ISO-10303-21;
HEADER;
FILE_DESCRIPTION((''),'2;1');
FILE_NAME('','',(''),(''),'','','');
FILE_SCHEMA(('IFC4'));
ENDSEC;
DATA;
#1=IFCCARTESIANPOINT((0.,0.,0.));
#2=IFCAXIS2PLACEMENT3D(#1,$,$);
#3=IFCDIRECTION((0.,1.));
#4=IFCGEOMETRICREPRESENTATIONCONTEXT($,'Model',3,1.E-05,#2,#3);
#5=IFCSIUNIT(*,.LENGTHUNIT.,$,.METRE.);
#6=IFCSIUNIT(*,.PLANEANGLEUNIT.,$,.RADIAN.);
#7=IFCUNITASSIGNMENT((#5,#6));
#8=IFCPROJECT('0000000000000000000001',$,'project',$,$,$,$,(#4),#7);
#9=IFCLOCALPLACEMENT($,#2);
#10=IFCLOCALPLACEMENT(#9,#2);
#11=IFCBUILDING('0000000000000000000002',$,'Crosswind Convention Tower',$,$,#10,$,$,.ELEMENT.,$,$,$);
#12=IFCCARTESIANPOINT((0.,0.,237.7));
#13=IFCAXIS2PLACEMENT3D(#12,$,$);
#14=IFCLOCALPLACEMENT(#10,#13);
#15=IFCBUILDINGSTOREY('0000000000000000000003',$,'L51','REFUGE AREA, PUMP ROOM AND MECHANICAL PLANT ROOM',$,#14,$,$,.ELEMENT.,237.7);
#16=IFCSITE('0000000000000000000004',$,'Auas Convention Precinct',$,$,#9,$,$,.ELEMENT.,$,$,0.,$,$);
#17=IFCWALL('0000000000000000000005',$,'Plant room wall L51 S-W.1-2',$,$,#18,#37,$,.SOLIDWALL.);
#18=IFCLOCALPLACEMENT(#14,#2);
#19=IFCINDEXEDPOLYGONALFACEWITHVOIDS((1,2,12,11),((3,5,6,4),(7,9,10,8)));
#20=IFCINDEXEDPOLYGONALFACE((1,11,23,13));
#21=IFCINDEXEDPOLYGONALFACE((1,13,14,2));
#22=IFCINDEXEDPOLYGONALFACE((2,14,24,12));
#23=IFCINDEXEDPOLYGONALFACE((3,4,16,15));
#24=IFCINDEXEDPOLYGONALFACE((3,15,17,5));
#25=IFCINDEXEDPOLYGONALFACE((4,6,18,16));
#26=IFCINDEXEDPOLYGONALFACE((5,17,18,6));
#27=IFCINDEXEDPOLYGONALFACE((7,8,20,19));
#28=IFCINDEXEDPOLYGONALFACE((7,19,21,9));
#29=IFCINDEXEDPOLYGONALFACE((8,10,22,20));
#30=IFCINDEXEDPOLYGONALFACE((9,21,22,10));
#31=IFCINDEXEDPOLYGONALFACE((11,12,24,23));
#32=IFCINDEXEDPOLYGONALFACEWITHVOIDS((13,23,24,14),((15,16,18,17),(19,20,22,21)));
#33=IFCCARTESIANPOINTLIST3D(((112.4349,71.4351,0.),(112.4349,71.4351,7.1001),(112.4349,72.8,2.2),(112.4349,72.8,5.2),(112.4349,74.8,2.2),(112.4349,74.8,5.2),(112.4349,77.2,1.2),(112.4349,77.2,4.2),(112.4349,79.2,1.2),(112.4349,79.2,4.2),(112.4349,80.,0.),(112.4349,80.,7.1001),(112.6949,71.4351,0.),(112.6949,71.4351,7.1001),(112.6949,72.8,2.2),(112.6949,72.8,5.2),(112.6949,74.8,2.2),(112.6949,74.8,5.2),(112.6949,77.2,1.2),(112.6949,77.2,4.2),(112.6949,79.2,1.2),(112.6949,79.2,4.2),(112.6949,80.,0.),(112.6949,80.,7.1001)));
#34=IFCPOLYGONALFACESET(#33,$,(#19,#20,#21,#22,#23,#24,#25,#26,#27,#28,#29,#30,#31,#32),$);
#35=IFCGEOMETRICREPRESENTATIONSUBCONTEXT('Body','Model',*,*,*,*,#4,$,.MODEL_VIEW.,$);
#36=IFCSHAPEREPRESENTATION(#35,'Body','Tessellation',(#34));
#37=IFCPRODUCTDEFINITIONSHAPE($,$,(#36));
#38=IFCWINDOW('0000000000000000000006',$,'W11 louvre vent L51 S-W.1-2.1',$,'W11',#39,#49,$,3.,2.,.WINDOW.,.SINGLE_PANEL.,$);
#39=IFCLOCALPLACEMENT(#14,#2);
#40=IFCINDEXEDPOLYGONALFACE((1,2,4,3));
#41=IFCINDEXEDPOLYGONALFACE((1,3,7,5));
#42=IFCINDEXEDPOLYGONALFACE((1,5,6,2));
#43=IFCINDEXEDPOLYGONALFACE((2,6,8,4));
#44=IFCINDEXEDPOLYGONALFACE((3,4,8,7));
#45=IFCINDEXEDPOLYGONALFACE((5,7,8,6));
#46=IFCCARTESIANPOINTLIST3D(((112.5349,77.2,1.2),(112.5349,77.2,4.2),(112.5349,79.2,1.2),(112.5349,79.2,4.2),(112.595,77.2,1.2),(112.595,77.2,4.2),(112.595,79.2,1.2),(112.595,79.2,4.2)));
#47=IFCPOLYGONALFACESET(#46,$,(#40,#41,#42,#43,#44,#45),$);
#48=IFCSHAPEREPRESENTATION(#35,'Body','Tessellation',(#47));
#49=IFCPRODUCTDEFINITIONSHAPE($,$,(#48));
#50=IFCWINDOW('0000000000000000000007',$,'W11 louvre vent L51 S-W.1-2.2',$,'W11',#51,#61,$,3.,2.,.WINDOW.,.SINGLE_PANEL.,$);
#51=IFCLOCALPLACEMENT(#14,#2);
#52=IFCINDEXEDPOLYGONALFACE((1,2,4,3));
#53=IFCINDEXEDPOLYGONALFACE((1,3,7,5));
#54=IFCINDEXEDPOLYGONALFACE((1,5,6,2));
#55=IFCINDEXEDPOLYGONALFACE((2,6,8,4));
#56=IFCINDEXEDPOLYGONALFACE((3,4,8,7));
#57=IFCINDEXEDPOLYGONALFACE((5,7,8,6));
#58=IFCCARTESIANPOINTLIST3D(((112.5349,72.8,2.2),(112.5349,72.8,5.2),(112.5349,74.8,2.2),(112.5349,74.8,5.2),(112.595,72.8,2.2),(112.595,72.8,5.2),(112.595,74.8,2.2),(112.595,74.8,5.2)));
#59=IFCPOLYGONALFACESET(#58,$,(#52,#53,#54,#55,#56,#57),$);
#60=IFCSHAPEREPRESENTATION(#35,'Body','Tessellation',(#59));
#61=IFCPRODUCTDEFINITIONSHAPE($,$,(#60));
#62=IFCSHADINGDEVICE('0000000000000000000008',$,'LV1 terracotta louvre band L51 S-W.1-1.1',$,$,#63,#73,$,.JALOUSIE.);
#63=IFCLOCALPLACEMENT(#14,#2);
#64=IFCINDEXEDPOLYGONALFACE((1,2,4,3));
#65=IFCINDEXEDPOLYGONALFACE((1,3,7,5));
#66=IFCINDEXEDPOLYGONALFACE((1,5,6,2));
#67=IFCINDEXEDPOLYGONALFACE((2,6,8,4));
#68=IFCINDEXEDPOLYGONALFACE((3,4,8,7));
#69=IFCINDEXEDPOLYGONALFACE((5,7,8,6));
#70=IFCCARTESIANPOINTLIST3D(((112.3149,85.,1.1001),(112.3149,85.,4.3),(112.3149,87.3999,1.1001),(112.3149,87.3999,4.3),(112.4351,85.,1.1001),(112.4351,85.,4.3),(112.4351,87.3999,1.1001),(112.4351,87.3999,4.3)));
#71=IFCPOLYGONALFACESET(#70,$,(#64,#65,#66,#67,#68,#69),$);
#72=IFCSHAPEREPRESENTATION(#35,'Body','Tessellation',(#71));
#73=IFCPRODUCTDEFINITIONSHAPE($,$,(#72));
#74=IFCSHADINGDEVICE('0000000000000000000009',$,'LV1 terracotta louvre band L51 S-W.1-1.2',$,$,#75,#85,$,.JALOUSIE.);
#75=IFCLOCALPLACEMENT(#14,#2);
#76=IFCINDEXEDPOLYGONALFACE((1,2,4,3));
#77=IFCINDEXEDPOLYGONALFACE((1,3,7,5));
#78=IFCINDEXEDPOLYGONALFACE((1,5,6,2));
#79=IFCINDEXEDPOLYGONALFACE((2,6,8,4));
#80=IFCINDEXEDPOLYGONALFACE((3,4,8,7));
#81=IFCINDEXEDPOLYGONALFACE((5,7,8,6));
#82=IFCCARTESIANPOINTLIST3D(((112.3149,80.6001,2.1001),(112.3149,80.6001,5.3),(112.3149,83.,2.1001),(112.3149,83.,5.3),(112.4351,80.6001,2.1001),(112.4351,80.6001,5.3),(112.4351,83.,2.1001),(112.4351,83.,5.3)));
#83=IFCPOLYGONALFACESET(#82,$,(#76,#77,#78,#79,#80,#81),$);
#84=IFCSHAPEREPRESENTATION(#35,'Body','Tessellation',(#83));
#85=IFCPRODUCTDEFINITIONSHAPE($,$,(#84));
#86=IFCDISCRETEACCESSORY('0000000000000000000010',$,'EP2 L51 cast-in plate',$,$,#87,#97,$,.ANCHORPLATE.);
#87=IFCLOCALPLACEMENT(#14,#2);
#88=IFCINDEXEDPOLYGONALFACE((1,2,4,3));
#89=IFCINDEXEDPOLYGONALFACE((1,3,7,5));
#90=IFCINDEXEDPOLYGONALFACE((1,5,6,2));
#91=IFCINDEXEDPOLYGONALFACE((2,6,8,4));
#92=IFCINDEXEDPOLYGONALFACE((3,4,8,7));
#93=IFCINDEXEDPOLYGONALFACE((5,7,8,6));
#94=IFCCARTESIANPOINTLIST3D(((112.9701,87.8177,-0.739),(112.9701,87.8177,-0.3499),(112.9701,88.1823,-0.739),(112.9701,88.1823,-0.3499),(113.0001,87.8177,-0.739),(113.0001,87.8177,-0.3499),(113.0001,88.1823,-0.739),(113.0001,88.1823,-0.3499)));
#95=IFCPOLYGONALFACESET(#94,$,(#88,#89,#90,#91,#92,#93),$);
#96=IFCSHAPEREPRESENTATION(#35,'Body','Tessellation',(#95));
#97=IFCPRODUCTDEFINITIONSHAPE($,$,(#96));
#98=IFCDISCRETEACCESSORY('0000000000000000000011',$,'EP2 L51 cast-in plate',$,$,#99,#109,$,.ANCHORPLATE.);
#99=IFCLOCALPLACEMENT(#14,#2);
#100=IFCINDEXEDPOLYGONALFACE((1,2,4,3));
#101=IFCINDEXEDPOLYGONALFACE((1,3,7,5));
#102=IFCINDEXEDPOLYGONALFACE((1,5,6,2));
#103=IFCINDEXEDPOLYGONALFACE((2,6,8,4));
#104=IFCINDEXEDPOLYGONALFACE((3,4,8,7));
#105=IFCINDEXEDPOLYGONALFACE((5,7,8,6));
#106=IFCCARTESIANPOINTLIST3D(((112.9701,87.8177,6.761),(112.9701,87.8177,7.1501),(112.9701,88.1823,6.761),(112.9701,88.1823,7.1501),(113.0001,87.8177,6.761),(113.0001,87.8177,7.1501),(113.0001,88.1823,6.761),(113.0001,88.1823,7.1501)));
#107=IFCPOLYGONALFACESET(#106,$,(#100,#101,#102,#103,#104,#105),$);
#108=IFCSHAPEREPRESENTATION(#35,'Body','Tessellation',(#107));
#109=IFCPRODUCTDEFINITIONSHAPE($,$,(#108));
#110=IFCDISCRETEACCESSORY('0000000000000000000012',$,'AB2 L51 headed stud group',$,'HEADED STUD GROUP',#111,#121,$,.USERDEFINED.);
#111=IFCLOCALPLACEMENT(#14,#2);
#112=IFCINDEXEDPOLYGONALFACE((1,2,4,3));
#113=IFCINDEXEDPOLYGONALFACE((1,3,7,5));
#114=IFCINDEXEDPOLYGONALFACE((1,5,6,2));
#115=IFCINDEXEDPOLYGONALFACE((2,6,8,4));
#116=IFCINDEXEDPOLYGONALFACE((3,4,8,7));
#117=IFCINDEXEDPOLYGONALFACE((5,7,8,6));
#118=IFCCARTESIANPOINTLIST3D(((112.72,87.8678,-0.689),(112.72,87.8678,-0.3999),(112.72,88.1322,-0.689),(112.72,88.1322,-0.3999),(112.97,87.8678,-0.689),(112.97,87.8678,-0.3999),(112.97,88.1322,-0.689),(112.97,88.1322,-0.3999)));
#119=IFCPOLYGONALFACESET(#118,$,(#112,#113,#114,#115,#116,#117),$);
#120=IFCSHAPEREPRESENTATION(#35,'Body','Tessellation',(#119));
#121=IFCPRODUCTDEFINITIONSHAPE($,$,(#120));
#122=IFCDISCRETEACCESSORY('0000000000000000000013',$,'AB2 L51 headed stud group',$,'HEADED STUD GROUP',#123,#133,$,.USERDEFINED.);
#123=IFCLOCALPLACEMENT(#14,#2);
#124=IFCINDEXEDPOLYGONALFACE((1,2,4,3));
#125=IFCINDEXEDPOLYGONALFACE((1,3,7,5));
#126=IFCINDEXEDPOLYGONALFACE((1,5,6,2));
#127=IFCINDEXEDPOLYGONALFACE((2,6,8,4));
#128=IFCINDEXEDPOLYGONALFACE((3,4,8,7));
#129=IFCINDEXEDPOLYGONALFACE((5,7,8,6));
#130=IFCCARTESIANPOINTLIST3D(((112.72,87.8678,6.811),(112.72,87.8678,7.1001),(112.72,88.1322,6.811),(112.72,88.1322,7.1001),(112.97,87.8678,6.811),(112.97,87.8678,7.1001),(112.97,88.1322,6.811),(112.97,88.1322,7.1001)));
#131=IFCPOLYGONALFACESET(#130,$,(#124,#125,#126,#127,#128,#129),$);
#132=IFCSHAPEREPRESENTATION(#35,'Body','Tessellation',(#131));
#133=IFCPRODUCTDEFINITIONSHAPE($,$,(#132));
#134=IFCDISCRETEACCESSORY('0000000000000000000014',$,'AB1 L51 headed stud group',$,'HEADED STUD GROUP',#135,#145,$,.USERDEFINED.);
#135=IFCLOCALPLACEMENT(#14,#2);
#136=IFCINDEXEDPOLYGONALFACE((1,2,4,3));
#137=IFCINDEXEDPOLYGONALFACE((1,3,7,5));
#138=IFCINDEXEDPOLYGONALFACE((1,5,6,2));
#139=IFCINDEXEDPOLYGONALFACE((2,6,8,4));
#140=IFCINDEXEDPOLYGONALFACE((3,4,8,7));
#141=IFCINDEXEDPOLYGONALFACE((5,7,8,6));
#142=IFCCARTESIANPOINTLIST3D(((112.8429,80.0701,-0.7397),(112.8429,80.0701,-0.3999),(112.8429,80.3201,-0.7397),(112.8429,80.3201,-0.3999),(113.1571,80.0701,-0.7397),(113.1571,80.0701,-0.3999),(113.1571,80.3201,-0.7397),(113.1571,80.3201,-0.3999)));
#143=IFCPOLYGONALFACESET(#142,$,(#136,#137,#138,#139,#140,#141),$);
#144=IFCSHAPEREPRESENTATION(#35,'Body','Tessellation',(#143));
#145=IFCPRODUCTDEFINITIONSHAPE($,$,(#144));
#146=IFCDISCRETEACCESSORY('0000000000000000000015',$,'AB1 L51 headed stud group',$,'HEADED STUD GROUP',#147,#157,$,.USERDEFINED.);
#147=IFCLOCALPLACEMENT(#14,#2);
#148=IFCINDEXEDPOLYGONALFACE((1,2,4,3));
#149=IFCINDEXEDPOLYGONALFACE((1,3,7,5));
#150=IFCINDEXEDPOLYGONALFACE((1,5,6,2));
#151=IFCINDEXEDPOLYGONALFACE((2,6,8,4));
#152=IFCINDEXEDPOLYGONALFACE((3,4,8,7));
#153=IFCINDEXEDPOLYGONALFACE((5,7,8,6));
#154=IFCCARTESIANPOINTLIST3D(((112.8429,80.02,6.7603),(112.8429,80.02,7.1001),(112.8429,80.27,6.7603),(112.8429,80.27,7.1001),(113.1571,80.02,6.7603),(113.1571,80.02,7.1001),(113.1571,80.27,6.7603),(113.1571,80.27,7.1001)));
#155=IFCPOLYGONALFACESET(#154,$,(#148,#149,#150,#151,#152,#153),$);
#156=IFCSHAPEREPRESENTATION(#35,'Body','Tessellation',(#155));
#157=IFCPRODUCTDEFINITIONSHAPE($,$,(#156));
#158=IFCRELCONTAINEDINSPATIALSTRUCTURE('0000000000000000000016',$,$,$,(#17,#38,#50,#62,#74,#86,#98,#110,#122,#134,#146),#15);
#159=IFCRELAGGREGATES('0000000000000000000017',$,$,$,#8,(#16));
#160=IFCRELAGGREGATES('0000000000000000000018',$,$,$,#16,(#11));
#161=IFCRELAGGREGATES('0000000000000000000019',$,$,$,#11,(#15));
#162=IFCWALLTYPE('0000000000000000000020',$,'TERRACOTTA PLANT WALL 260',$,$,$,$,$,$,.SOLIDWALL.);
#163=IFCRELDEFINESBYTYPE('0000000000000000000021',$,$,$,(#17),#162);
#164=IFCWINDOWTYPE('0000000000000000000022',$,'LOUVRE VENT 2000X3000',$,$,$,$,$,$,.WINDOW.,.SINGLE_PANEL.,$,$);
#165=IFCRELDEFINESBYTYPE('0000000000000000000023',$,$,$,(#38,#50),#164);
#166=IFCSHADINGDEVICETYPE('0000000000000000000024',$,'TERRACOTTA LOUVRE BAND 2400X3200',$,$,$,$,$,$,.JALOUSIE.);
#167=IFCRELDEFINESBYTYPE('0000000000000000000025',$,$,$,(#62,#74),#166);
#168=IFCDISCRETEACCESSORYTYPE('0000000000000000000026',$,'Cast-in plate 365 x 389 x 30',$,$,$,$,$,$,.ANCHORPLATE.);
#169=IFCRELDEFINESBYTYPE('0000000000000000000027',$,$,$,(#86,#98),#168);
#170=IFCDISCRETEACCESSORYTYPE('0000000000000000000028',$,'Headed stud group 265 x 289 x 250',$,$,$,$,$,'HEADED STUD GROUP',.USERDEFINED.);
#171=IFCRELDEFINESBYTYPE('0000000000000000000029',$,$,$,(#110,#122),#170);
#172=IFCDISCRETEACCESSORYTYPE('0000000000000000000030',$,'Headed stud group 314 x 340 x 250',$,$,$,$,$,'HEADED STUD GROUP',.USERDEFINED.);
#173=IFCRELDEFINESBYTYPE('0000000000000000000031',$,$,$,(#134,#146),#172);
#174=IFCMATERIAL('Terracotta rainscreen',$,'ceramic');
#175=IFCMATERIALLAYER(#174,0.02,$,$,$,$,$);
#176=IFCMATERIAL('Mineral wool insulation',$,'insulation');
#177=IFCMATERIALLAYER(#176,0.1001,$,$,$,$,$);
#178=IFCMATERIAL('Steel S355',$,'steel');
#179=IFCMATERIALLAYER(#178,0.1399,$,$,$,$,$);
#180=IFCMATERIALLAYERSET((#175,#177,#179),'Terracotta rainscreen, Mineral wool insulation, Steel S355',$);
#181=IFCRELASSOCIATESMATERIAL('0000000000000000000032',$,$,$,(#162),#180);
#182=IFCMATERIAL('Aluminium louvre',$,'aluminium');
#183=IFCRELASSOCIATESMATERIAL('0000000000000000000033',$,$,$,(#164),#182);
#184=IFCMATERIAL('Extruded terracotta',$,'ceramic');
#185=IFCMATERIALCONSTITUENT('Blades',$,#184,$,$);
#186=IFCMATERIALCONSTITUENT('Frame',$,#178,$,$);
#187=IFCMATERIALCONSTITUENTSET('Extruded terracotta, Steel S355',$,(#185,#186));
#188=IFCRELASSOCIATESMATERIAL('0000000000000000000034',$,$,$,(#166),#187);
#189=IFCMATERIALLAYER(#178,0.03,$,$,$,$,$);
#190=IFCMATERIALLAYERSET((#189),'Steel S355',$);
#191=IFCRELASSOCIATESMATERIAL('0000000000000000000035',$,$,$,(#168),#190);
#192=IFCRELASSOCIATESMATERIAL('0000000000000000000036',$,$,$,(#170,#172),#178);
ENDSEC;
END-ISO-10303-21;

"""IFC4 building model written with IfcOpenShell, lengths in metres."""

from ifc_helpers import new_model, si_unit, direction, frame, frame_2d, origin, origin_2d, place, context, subcontext, project, spatial, rectangle, extrude, material, layer, layer_set, constituent, constituent_set, type_object, element, fill, save


model = new_model("IFC4")

# Units and contexts
model_context = context("Model", 3, precision=1e-05, world=origin(), true_north=direction((0.0, 1.0)))
body_context = subcontext(model_context, "Body", "Model", "MODEL_VIEW")
ifc_project = project(units=[si_unit("LENGTHUNIT", "METRE"), si_unit("PLANEANGLEUNIT", "RADIAN")], contexts=[model_context])

# Site, building, storey
site_placement = place(None, origin())
site = spatial("IfcSite", under=ifc_project, at=site_placement, Name="Auas Convention Precinct", CompositionType="ELEMENT", RefElevation=0.0)
building_placement = place(site_placement, origin())
building = spatial("IfcBuilding", under=site, at=building_placement, Name="Crosswind Convention Tower", CompositionType="ELEMENT")
storey_placement = place(building_placement, frame((0.0, 0.0, 237.7)))
storey = spatial("IfcBuildingStorey", under=building, at=storey_placement, Name="L51", Description="REFUGE AREA, PUMP ROOM AND MECHANICAL PLANT ROOM", CompositionType="ELEMENT", Elevation=237.7)

# Wall, openings, windows
ifc_material_1 = material(Name="Terracotta rainscreen", Category="ceramic")
ifc_layer_1 = layer(ifc_material_1, 0.02)
ifc_material_2 = material(Name="Mineral wool insulation", Category="insulation")
ifc_layer_2 = layer(ifc_material_2, 0.1001)
ifc_material_3 = material(Name="Steel S355", Category="steel")
ifc_layer_3 = layer(ifc_material_3, 0.1399)
ifc_layer_set_1 = layer_set([ifc_layer_1, ifc_layer_2, ifc_layer_3], Name="Terracotta rainscreen, Mineral wool insulation, Steel S355")
wall_type_1 = type_object("IfcWallType", Name="TERRACOTTA PLANT WALL 260", PredefinedType="SOLIDWALL", material=ifc_layer_set_1)
ifc_material_4 = material(Name="Aluminium louvre", Category="aluminium")
window_type = type_object("IfcWindowType", Name="LOUVRE VENT 2000X3000", PartitioningType="SINGLE_PANEL", PredefinedType="WINDOW", material=ifc_material_4)
wall_1_placement = place(storey_placement, frame((112.5649, 80.0, 0.0), z_axis=(0.0, 0.0, 1.0), x_axis=(0.0, -1.0, 0.0)))
wall_1 = element("IfcWall", 1, at=wall_1_placement, inside=storey, type_object=wall_type_1, Name="Plant room wall L51 S-W.1-2", PredefinedType="SOLIDWALL", context=body_context, shape_type="SweptSolid", body=[
    extrude(rectangle(XDim=8.5649, YDim=0.26, at=frame_2d((4.2825, 0.0))), origin(), (0.0, 0.0, 1.0), 7.1001),
])
opening_1_placement = place(wall_1_placement, frame((0.8, 0.0, 1.2)))
opening_1 = element("IfcOpeningElement", 2, at=opening_1_placement, cuts=wall_1, PredefinedType="OPENING", context=body_context, shape_type="SweptSolid", body=[
    extrude(rectangle(XDim=2.0, YDim=3.0, at=frame_2d((1.0, 1.5))), frame((0.0, 0.1399, 0.0), z_axis=(0.0, -1.0, 0.0), x_axis=(1.0, 0.0, 0.0)), (0.0, 0.0, 1.0), 0.28),
])
opening_2_placement = place(wall_1_placement, frame((5.2, 0.0, 2.2)))
opening_2 = element("IfcOpeningElement", 3, at=opening_2_placement, cuts=wall_1, PredefinedType="OPENING", context=body_context, shape_type="SweptSolid", body=[
    extrude(rectangle(XDim=2.0, YDim=3.0, at=frame_2d((1.0, 1.5))), frame((0.0, 0.1399, 0.0), z_axis=(0.0, -1.0, 0.0), x_axis=(1.0, 0.0, 0.0)), (0.0, 0.0, 1.0), 0.28),
])
window_1_placement = place(opening_1_placement, origin())
window_1 = element("IfcWindow", 4, at=window_1_placement, inside=storey, type_object=window_type, Name="W11 louvre vent L51 S-W.1-2.1", ObjectType="W11", OverallHeight=3.0, OverallWidth=2.0, PartitioningType="SINGLE_PANEL", PredefinedType="WINDOW", context=body_context, shape_type="SweptSolid", body=[
    extrude(rectangle(XDim=2.0, YDim=3.0, at=frame_2d((1.0, 1.5))), frame((0.0, 0.03, 0.0), z_axis=(0.0, -1.0, 0.0), x_axis=(1.0, 0.0, 0.0)), (0.0, 0.0, 1.0), 0.0601),
])
fill(opening_1, window_1)
window_2_placement = place(opening_2_placement, origin())
window_2 = element("IfcWindow", 5, at=window_2_placement, inside=storey, type_object=window_type, Name="W11 louvre vent L51 S-W.1-2.2", ObjectType="W11", OverallHeight=3.0, OverallWidth=2.0, PartitioningType="SINGLE_PANEL", PredefinedType="WINDOW", context=body_context, shape_type="SweptSolid", body=[
    extrude(rectangle(XDim=2.0, YDim=3.0, at=frame_2d((1.0, 1.5))), frame((0.0, 0.03, 0.0), z_axis=(0.0, -1.0, 0.0), x_axis=(1.0, 0.0, 0.0)), (0.0, 0.0, 1.0), 0.0601),
])
fill(opening_2, window_2)

# Shading devices
ifc_material_5 = material(Name="Extruded terracotta", Category="ceramic")
ifc_constituent_1 = constituent(ifc_material_5, Name="Blades")
ifc_constituent_2 = constituent(ifc_material_3, Name="Frame")
ifc_constituent_set = constituent_set(constituents=[ifc_constituent_1, ifc_constituent_2], Name="Extruded terracotta, Steel S355")
shading_device_type = type_object("IfcShadingDeviceType", Name="TERRACOTTA LOUVRE BAND 2400X3200", PredefinedType="JALOUSIE", material=ifc_constituent_set)
for number, where, z_axis, x_axis, name in (
    (6, (112.375, 86.2, 1.1001), (0.0, 0.0, 1.0), (0.0, -1.0, 0.0), "LV1 terracotta louvre band L51 S-W.1-1.1"),
    (7, (112.375, 81.8, 2.1001), (0.0, 0.0, 1.0), (0.0, -1.0, 0.0), "LV1 terracotta louvre band L51 S-W.1-1.2"),
):
    element("IfcShadingDevice", number, at=place(storey_placement, frame(where, z_axis=z_axis, x_axis=x_axis)), inside=storey, type_object=shading_device_type, Name=name, PredefinedType="JALOUSIE", context=body_context, shape_type="SweptSolid", body=[
        extrude(rectangle(XDim=2.3999, YDim=0.1201, at=origin_2d()), origin(), (0.0, 0.0, 1.0), 3.2),
    ])

# Discrete accessories
ifc_layer_4 = layer(ifc_material_3, 0.03)
ifc_layer_set_2 = layer_set([ifc_layer_4], Name="Steel S355")
discrete_accessory_type_1 = type_object("IfcDiscreteAccessoryType", Name="Cast-in plate 365 x 389 x 30", PredefinedType="ANCHORPLATE", material=ifc_layer_set_2)
for number, where, z_axis, x_axis, name in (
    (8, (112.9851, 88.0, -0.739), (0.0, 0.0, 1.0), (1.0, 0.0, 0.0), "EP2 L51 cast-in plate"),
    (9, (112.9851, 88.0, 6.761), (0.0, 0.0, 1.0), (1.0, 0.0, 0.0), "EP2 L51 cast-in plate"),
):
    element("IfcDiscreteAccessory", number, at=place(storey_placement, frame(where, z_axis=z_axis, x_axis=x_axis)), inside=storey, type_object=discrete_accessory_type_1, Name=name, PredefinedType="ANCHORPLATE", context=body_context, shape_type="SweptSolid", body=[
        extrude(rectangle(XDim=0.03, YDim=0.3645, at=origin_2d()), origin(), (0.0, 0.0, 1.0), 0.3892),
    ])
discrete_accessory_type_2 = type_object("IfcDiscreteAccessoryType", Name="Headed stud group 265 x 289 x 250", ElementType="HEADED STUD GROUP", PredefinedType="USERDEFINED", material=ifc_material_3)
for number, where, z_axis, x_axis, name in (
    (10, (112.845, 88.0, -0.689), (0.0, 0.0, 1.0), (1.0, 0.0, 0.0), "AB2 L51 headed stud group"),
    (11, (112.845, 88.0, 6.811), (0.0, 0.0, 1.0), (1.0, 0.0, 0.0), "AB2 L51 headed stud group"),
):
    element("IfcDiscreteAccessory", number, at=place(storey_placement, frame(where, z_axis=z_axis, x_axis=x_axis)), inside=storey, type_object=discrete_accessory_type_2, Name=name, ObjectType="HEADED STUD GROUP", PredefinedType="USERDEFINED", context=body_context, shape_type="SweptSolid", body=[
        extrude(rectangle(XDim=0.25, YDim=0.2644, at=origin_2d()), origin(), (0.0, 0.0, 1.0), 0.2891),
    ])
discrete_accessory_type_3 = type_object("IfcDiscreteAccessoryType", Name="Headed stud group 314 x 340 x 250", ElementType="HEADED STUD GROUP", PredefinedType="USERDEFINED", material=ifc_material_3)
for number, where, z_axis, x_axis, name in (
    (12, (113.0, 80.1951, -0.7397), (0.0, 0.0, 1.0), (1.0, 0.0, 0.0), "AB1 L51 headed stud group"),
    (13, (113.0, 80.145, 6.7603), (0.0, 0.0, 1.0), (1.0, 0.0, 0.0), "AB1 L51 headed stud group"),
):
    element("IfcDiscreteAccessory", number, at=place(storey_placement, frame(where, z_axis=z_axis, x_axis=x_axis)), inside=storey, type_object=discrete_accessory_type_3, Name=name, ObjectType="HEADED STUD GROUP", PredefinedType="USERDEFINED", context=body_context, shape_type="SweptSolid", body=[
        extrude(rectangle(XDim=0.3142, YDim=0.25, at=origin_2d()), origin(), (0.0, 0.0, 1.0), 0.3398),
    ])

save(model, "model.ifc")
